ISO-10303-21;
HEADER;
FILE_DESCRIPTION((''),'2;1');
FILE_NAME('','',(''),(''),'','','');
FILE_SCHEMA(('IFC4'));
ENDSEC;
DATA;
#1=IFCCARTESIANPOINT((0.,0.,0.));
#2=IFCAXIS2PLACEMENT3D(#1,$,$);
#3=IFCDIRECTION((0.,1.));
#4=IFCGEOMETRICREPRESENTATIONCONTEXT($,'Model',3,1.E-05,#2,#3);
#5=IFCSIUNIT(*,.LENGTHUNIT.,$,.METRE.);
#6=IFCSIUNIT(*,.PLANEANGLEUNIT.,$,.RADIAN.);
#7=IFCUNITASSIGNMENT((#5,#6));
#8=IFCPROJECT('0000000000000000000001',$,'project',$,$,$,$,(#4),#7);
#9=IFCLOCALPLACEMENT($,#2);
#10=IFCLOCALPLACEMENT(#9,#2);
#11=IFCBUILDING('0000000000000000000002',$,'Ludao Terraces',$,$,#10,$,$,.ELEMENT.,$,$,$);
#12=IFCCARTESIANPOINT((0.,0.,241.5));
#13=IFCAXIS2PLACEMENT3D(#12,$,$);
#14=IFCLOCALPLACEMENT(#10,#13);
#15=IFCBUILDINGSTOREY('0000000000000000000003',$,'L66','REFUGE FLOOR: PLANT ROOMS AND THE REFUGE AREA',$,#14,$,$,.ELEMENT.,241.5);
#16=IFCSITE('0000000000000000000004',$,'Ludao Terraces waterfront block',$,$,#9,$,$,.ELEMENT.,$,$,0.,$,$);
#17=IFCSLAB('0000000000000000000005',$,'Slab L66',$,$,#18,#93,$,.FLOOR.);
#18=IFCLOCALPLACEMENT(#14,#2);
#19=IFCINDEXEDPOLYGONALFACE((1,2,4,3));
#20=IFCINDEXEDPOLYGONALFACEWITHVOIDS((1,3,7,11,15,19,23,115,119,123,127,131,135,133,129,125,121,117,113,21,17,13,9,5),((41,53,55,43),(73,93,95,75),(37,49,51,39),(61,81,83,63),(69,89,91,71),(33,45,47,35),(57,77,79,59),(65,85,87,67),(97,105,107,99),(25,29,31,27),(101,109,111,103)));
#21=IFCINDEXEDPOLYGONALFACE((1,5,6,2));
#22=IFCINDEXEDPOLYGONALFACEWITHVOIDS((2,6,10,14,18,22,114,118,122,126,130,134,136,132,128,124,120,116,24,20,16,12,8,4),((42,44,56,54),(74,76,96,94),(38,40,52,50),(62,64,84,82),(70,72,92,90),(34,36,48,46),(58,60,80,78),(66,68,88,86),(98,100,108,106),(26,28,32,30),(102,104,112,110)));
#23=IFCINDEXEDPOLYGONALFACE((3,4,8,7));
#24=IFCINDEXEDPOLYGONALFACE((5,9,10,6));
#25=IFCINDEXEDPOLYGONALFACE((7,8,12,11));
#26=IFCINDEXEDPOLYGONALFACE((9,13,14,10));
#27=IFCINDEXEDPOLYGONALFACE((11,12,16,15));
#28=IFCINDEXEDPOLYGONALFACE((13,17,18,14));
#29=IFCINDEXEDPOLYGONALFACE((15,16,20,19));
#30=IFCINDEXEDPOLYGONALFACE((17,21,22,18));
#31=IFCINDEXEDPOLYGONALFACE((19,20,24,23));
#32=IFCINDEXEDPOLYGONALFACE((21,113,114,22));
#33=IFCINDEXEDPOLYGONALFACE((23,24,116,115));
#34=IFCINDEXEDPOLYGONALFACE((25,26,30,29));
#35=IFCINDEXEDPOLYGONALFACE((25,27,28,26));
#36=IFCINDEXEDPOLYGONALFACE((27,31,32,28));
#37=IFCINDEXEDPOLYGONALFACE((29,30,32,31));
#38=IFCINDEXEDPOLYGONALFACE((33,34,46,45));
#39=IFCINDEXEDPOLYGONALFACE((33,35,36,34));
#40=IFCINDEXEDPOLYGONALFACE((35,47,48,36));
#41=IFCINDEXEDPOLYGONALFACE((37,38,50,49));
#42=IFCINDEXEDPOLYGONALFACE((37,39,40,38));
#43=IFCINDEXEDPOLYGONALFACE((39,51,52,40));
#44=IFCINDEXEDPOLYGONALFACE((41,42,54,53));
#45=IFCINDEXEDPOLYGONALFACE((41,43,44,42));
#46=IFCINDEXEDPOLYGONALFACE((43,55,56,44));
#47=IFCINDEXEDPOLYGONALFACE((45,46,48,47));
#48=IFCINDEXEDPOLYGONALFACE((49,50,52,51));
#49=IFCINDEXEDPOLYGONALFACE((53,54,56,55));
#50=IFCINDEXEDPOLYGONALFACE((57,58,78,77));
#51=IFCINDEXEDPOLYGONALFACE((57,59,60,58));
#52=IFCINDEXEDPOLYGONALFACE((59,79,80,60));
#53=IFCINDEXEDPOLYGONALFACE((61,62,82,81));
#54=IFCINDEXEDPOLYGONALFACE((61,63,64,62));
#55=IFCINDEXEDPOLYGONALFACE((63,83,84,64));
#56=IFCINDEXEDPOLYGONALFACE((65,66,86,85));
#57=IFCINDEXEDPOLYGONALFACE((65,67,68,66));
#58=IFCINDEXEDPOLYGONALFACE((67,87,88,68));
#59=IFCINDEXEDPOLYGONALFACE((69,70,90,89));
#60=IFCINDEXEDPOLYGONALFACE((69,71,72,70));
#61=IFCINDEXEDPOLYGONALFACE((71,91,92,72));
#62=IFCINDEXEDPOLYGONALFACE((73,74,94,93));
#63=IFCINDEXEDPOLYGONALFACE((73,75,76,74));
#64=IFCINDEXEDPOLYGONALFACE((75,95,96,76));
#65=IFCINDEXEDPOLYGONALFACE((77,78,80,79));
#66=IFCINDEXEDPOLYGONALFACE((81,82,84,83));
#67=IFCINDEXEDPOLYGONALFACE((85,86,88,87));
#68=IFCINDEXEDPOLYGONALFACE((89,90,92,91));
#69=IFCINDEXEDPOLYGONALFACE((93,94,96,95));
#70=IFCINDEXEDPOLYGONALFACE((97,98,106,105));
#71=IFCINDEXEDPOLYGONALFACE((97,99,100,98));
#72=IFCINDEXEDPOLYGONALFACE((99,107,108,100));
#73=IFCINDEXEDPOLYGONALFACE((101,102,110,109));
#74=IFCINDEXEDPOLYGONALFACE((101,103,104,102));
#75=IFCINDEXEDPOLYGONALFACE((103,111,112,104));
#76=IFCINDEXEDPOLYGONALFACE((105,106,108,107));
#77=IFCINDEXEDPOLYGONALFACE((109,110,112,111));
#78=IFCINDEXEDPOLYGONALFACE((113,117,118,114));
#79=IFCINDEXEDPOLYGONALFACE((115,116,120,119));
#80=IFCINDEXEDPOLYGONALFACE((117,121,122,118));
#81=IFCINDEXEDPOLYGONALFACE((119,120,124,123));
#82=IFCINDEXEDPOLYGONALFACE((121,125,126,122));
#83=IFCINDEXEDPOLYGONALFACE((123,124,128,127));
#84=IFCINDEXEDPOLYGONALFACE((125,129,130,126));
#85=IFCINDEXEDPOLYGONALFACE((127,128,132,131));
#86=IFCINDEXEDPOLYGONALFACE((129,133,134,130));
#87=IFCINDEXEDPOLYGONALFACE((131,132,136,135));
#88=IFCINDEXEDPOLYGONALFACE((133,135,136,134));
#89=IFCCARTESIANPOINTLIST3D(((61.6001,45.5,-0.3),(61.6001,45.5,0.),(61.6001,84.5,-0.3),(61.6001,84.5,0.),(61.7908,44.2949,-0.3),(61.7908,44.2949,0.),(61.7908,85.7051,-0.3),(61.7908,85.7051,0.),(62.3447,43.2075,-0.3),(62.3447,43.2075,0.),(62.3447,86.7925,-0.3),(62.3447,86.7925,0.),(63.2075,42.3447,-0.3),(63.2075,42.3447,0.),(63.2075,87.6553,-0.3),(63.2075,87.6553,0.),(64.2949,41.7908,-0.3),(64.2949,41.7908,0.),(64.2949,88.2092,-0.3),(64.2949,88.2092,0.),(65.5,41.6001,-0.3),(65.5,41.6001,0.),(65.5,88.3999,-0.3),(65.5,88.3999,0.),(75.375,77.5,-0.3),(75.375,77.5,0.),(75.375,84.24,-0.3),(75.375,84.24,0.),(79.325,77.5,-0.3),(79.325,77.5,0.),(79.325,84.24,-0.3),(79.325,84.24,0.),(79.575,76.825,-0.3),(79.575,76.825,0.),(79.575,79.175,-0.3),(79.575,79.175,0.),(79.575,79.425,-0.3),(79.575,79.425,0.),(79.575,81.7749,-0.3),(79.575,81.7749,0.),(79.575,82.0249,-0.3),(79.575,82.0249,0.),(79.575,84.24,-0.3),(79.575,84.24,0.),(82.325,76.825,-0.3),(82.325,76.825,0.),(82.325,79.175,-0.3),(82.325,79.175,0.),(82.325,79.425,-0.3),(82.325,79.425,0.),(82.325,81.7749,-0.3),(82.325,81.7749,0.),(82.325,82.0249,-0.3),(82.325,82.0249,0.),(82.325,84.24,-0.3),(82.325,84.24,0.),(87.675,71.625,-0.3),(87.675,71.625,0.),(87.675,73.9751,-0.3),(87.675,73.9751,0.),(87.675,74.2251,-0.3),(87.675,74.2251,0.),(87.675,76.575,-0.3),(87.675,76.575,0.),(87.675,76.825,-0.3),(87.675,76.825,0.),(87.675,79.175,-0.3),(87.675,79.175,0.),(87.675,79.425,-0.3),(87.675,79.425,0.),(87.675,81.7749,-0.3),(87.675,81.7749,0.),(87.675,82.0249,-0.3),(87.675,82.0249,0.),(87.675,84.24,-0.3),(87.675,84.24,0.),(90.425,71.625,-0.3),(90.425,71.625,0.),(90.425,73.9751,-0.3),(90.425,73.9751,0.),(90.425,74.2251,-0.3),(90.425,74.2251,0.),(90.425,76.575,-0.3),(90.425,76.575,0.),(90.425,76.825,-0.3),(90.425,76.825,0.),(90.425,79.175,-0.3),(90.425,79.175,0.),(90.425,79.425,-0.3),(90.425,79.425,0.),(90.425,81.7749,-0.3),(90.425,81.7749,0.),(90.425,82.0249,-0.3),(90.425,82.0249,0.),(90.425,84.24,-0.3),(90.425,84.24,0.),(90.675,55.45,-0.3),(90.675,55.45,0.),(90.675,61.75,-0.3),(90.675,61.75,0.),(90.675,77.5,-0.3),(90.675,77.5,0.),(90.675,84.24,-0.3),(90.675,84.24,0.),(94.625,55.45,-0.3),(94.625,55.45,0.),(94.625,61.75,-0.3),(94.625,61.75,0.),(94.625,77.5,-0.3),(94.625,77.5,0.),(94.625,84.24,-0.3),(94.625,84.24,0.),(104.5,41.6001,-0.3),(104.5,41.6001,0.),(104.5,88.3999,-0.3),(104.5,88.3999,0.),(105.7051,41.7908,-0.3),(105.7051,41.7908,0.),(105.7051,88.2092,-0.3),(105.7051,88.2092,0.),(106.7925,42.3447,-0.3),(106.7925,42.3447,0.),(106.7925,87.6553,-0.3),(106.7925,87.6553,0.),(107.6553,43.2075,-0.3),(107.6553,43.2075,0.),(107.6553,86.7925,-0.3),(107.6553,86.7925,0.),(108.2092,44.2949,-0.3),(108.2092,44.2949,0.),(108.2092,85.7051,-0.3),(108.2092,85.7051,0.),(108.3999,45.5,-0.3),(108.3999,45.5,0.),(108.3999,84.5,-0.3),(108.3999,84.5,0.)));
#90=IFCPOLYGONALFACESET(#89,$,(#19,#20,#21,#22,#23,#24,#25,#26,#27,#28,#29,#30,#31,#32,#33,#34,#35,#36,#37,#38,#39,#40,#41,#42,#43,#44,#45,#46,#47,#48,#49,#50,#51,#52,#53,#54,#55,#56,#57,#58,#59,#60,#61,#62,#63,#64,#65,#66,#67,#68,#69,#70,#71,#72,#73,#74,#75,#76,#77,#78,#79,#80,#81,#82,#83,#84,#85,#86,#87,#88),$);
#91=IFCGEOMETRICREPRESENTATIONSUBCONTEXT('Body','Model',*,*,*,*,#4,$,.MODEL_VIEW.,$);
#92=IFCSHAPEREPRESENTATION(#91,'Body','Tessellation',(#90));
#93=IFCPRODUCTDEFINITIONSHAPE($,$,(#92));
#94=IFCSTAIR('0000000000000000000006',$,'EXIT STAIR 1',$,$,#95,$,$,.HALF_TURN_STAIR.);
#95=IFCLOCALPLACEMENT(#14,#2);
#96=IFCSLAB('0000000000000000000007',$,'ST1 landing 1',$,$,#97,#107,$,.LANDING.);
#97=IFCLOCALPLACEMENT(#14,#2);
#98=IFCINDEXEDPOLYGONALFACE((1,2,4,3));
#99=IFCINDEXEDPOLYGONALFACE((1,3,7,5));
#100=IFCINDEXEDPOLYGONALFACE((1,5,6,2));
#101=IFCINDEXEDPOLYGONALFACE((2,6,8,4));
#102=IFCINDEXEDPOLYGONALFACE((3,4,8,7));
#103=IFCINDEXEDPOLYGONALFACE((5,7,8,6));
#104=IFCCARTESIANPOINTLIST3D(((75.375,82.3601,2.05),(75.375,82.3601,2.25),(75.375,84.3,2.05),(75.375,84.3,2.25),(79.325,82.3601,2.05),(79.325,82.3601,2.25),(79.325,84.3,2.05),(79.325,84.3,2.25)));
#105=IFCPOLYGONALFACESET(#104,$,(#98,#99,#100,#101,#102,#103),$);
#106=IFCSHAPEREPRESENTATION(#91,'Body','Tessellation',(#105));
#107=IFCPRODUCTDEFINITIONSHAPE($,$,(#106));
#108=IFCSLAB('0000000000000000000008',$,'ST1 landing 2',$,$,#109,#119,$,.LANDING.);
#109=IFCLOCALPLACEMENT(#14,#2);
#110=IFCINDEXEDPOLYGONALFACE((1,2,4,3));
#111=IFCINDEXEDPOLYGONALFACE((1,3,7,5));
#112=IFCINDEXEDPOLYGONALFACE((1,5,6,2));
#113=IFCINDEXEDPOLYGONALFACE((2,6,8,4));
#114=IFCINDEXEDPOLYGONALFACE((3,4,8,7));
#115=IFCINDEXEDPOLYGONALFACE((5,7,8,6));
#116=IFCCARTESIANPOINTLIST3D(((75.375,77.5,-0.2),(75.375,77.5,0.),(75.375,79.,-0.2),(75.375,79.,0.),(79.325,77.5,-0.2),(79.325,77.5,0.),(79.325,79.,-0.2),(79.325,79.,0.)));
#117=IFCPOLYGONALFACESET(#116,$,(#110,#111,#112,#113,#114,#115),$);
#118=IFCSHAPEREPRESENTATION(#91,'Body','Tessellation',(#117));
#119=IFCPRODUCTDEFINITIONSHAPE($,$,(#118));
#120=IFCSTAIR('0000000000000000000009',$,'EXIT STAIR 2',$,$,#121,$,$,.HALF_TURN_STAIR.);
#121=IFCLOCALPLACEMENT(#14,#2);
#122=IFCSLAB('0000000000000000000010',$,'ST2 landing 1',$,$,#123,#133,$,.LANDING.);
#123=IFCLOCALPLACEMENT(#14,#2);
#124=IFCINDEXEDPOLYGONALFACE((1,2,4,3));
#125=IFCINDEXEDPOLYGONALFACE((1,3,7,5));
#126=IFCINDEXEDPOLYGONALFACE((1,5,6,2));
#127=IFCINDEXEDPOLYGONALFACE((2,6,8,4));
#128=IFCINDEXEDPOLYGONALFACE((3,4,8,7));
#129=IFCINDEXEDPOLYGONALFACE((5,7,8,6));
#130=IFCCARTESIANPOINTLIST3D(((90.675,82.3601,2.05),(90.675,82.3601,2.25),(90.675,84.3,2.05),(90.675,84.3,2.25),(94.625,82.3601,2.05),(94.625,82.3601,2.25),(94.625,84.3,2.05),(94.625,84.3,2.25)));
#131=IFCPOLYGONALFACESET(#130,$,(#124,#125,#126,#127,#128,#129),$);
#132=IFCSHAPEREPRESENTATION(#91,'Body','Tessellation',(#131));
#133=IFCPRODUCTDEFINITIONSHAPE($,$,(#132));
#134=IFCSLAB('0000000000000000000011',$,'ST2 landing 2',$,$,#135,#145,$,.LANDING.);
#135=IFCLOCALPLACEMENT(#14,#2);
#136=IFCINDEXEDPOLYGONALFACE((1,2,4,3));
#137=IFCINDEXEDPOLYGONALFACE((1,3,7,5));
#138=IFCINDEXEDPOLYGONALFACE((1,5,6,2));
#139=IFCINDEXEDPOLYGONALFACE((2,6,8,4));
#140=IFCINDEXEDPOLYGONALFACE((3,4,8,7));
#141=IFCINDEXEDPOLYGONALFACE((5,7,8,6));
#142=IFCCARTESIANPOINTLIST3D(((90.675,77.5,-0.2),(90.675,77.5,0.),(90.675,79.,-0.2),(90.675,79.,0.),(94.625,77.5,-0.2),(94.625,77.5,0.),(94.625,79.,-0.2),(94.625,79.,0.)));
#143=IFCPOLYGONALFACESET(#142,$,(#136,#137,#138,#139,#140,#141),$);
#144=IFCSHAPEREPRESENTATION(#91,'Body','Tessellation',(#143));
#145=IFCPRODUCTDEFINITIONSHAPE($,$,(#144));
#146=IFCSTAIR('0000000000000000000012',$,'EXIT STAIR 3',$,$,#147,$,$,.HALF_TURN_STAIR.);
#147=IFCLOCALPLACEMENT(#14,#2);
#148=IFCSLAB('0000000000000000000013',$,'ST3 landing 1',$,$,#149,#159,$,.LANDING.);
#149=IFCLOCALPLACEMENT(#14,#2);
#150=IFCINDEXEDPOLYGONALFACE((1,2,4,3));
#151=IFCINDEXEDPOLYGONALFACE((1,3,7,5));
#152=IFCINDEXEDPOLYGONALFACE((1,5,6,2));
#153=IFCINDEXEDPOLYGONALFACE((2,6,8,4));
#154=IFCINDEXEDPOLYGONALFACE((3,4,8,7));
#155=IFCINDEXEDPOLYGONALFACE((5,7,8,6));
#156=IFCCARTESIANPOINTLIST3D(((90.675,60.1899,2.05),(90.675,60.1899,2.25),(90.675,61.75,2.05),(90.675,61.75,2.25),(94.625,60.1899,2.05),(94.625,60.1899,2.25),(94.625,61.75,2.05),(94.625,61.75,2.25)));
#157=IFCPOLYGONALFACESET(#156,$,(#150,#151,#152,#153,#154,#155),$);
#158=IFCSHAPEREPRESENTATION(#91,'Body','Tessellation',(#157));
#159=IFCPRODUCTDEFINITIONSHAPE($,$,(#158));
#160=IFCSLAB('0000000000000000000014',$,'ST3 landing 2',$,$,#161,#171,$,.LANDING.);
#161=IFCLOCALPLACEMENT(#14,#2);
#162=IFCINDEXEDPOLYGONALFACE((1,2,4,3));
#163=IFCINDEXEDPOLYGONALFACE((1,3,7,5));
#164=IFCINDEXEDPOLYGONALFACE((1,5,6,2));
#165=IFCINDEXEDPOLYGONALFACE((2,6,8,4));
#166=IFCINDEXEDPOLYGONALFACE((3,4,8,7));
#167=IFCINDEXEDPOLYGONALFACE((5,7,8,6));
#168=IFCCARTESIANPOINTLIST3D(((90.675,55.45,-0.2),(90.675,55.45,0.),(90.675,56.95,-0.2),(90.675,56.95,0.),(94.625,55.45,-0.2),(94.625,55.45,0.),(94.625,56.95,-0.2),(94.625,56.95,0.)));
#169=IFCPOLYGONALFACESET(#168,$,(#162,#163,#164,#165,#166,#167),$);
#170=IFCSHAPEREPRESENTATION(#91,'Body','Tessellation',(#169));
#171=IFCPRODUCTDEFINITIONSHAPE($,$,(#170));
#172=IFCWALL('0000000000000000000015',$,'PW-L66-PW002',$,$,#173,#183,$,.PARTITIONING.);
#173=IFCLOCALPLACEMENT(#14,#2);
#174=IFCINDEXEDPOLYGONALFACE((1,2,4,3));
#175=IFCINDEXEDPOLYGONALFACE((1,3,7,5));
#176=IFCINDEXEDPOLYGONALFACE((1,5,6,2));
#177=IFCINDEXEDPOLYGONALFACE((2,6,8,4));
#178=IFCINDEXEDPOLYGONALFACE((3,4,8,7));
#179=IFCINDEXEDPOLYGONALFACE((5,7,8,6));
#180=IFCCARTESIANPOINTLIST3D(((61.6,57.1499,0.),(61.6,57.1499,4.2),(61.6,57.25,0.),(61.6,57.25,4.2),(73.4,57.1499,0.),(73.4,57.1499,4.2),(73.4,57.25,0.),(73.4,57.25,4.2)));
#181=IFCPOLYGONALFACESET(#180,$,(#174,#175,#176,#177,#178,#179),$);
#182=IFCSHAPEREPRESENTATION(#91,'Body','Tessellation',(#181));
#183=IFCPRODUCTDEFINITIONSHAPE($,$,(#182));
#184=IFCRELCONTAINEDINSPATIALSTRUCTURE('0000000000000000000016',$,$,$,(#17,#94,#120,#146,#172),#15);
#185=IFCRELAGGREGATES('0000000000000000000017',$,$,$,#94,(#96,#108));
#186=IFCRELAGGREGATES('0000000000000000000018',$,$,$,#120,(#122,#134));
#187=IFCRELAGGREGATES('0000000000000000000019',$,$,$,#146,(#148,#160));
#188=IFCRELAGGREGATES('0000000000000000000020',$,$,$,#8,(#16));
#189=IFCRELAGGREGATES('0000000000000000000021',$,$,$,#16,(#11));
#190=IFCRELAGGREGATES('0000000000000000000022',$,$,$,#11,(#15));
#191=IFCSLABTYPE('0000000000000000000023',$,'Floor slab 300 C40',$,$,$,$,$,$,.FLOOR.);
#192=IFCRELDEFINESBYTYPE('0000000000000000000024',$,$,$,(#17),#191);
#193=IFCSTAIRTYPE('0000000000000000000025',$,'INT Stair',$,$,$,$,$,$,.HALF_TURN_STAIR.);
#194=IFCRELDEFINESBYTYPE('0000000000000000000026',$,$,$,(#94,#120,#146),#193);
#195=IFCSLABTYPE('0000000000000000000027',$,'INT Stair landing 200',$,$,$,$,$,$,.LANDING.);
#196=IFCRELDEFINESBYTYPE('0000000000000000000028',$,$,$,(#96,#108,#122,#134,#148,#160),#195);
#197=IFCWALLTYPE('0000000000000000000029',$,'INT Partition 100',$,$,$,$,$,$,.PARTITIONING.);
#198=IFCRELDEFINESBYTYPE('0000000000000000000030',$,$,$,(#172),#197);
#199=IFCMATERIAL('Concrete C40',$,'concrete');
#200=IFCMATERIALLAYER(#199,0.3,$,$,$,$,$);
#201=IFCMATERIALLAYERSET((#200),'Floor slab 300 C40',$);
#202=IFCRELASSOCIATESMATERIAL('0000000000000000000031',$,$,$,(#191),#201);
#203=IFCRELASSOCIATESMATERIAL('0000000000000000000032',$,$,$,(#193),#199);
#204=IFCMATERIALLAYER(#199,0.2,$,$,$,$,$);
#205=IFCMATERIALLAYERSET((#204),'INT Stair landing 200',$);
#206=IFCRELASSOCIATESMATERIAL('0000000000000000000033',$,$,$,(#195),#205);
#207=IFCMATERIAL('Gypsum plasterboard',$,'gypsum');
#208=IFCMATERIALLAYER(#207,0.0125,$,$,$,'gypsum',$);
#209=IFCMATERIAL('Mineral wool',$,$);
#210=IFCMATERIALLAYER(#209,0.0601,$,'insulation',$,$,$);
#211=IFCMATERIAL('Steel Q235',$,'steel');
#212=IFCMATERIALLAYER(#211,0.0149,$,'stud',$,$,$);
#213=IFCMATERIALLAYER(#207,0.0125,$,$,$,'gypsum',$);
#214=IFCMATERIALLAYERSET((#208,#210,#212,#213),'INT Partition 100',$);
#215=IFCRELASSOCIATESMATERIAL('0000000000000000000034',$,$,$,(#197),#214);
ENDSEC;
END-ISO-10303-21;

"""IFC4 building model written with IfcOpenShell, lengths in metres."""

from ifc_helpers import new_model, si_unit, direction, frame, frame_2d, origin, place, context, subcontext, project, spatial, polyline, rectangle, outline, extrude, material, layer, layer_set, type_object, element, aggregate, save


model = new_model("IFC4")

# Units and contexts
model_context = context("Model", 3, precision=1e-05, world=origin(), true_north=direction((0.0, 1.0)))
body_context = subcontext(model_context, "Body", "Model", "MODEL_VIEW")
ifc_project = project(units=[si_unit("LENGTHUNIT", "METRE"), si_unit("PLANEANGLEUNIT", "RADIAN")], contexts=[model_context])

# Site, building, storey
site_placement = place(None, origin())
site = spatial("IfcSite", under=ifc_project, at=site_placement, Name="Ludao Terraces waterfront block", CompositionType="ELEMENT", RefElevation=0.0)
building_placement = place(site_placement, origin())
building = spatial("IfcBuilding", under=site, at=building_placement, Name="Ludao Terraces", CompositionType="ELEMENT")
storey_placement = place(building_placement, frame((0.0, 0.0, 241.5)))
storey = spatial("IfcBuildingStorey", under=building, at=storey_placement, Name="L66", Description="REFUGE FLOOR: PLANT ROOMS AND THE REFUGE AREA", CompositionType="ELEMENT", Elevation=241.5)

# Slab
ifc_material_1 = material(Name="Concrete C40", Category="concrete")
ifc_layer_1 = layer(ifc_material_1, 0.3)
ifc_layer_set_1 = layer_set([ifc_layer_1], Name="Floor slab 300 C40")
slab_type_1 = type_object("IfcSlabType", Name="Floor slab 300 C40", PredefinedType="FLOOR", material=ifc_layer_set_1)
slab_1_placement = place(storey_placement, frame((0.0, 0.0, -0.3)))
element("IfcSlab", 1, at=slab_1_placement, inside=storey, type_object=slab_type_1, Name="Slab L66", PredefinedType="FLOOR", context=body_context, shape_type="SweptSolid", body=[
    extrude(outline(polyline([(104.5, 41.6001), (105.7051, 41.7908), (106.7925, 42.3447), (107.6553, 43.2075), (108.2092, 44.2949), (108.3999, 45.5), (108.3999, 84.5), (108.2092, 85.7051), (107.6553, 86.7925), (106.7925, 87.6553), (105.7051, 88.2092), (104.5, 88.3999), (65.5, 88.3999), (64.2949, 88.2092), (63.2075, 87.6553), (62.3447, 86.7925), (61.7908, 85.7051), (61.6001, 84.5), (61.6001, 45.5), (61.7908, 44.2949), (62.3447, 43.2075), (63.2075, 42.3447), (64.2949, 41.7908), (65.5, 41.6001), (104.5, 41.6001)]), holes=[polyline([(79.575, 76.825), (82.325, 76.825), (82.325, 79.175), (79.575, 79.175), (79.575, 76.825)]), polyline([(79.575, 79.425), (82.325, 79.425), (82.325, 81.7749), (79.575, 81.7749), (79.575, 79.425)]), polyline([(79.575, 82.0249), (82.325, 82.0249), (82.325, 84.24), (79.575, 84.24), (79.575, 82.0249)]), polyline([(87.675, 71.625), (90.425, 71.625), (90.425, 73.9751), (87.675, 73.9751), (87.675, 71.625)]), polyline([(87.675, 74.2251), (90.425, 74.2251), (90.425, 76.575), (87.675, 76.575), (87.675, 74.2251)]), polyline([(87.675, 76.825), (90.425, 76.825), (90.425, 79.175), (87.675, 79.175), (87.675, 76.825)]), polyline([(87.675, 79.425), (90.425, 79.425), (90.425, 81.7749), (87.675, 81.7749), (87.675, 79.425)]), polyline([(87.675, 82.0249), (90.425, 82.0249), (90.425, 84.24), (87.675, 84.24), (87.675, 82.0249)]), polyline([(75.375, 77.5), (79.325, 77.5), (79.325, 84.24), (75.375, 84.24), (75.375, 77.5)]), polyline([(90.675, 77.5), (94.625, 77.5), (94.625, 84.24), (90.675, 84.24), (90.675, 77.5)]), polyline([(90.675, 55.45), (94.625, 55.45), (94.625, 61.75), (90.675, 61.75), (90.675, 55.45)])]), origin(), (0.0, 0.0, 1.0), 0.3),
])

# Stairs, slabs
stair_type = type_object("IfcStairType", Name="INT Stair", PredefinedType="HALF_TURN_STAIR", material=ifc_material_1)
stair_1_placement = place(storey_placement, origin())
stair_1 = element("IfcStair", 2, at=stair_1_placement, inside=storey, type_object=stair_type, Name="EXIT STAIR 1", PredefinedType="HALF_TURN_STAIR")
ifc_layer_2 = layer(ifc_material_1, 0.2)
ifc_layer_set_2 = layer_set([ifc_layer_2], Name="INT Stair landing 200")
slab_type_2 = type_object("IfcSlabType", Name="INT Stair landing 200", PredefinedType="LANDING", material=ifc_layer_set_2)
slab_2_placement = place(storey_placement, frame((0.0, 0.0, 2.05)))
slab_2 = element("IfcSlab", 3, at=slab_2_placement, type_object=slab_type_2, Name="ST1 landing 1", PredefinedType="LANDING", context=body_context, shape_type="SweptSolid", body=[
    extrude(outline(polyline([(75.375, 82.3601), (79.325, 82.3601), (79.325, 84.3), (75.375, 84.3), (75.375, 82.3601)])), origin(), (0.0, 0.0, 1.0), 0.2),
])
slab_3_placement = place(storey_placement, frame((0.0, 0.0, -0.2)))
slab_3 = element("IfcSlab", 4, at=slab_3_placement, type_object=slab_type_2, Name="ST1 landing 2", PredefinedType="LANDING", context=body_context, shape_type="SweptSolid", body=[
    extrude(outline(polyline([(75.375, 77.5), (79.325, 77.5), (79.325, 79.0), (75.375, 79.0), (75.375, 77.5)])), origin(), (0.0, 0.0, 1.0), 0.2),
])
aggregate(stair_1, [slab_2, slab_3])
stair_2_placement = place(storey_placement, origin())
stair_2 = element("IfcStair", 5, at=stair_2_placement, inside=storey, type_object=stair_type, Name="EXIT STAIR 2", PredefinedType="HALF_TURN_STAIR")
slab_4_placement = place(storey_placement, frame((0.0, 0.0, 2.05)))
slab_4 = element("IfcSlab", 6, at=slab_4_placement, type_object=slab_type_2, Name="ST2 landing 1", PredefinedType="LANDING", context=body_context, shape_type="SweptSolid", body=[
    extrude(outline(polyline([(90.675, 82.3601), (94.625, 82.3601), (94.625, 84.3), (90.675, 84.3), (90.675, 82.3601)])), origin(), (0.0, 0.0, 1.0), 0.2),
])
slab_5_placement = place(storey_placement, frame((0.0, 0.0, -0.2)))
slab_5 = element("IfcSlab", 7, at=slab_5_placement, type_object=slab_type_2, Name="ST2 landing 2", PredefinedType="LANDING", context=body_context, shape_type="SweptSolid", body=[
    extrude(outline(polyline([(90.675, 77.5), (94.625, 77.5), (94.625, 79.0), (90.675, 79.0), (90.675, 77.5)])), origin(), (0.0, 0.0, 1.0), 0.2),
])
aggregate(stair_2, [slab_4, slab_5])
stair_3_placement = place(storey_placement, origin())
stair_3 = element("IfcStair", 8, at=stair_3_placement, inside=storey, type_object=stair_type, Name="EXIT STAIR 3", PredefinedType="HALF_TURN_STAIR")
slab_6_placement = place(storey_placement, frame((0.0, 0.0, 2.05)))
slab_6 = element("IfcSlab", 9, at=slab_6_placement, type_object=slab_type_2, Name="ST3 landing 1", PredefinedType="LANDING", context=body_context, shape_type="SweptSolid", body=[
    extrude(outline(polyline([(90.675, 60.1899), (94.625, 60.1899), (94.625, 61.75), (90.675, 61.75), (90.675, 60.1899)])), origin(), (0.0, 0.0, 1.0), 0.2),
])
slab_7_placement = place(storey_placement, frame((0.0, 0.0, -0.2)))
slab_7 = element("IfcSlab", 10, at=slab_7_placement, type_object=slab_type_2, Name="ST3 landing 2", PredefinedType="LANDING", context=body_context, shape_type="SweptSolid", body=[
    extrude(outline(polyline([(90.675, 55.45), (94.625, 55.45), (94.625, 56.95), (90.675, 56.95), (90.675, 55.45)])), origin(), (0.0, 0.0, 1.0), 0.2),
])
aggregate(stair_3, [slab_6, slab_7])

# Wall
ifc_material_2 = material(Name="Gypsum plasterboard", Category="gypsum")
ifc_layer_3 = layer(ifc_material_2, 0.0125, Category="gypsum")
ifc_material_3 = material(Name="Mineral wool")
ifc_layer_4 = layer(ifc_material_3, 0.0601, Name="insulation")
ifc_material_4 = material(Name="Steel Q235", Category="steel")
ifc_layer_5 = layer(ifc_material_4, 0.0149, Name="stud")
ifc_layer_6 = layer(ifc_material_2, 0.0125, Category="gypsum")
ifc_layer_set_3 = layer_set([ifc_layer_3, ifc_layer_4, ifc_layer_5, ifc_layer_6], Name="INT Partition 100")
wall_type = type_object("IfcWallType", Name="INT Partition 100", PredefinedType="PARTITIONING", material=ifc_layer_set_3)
wall_placement = place(storey_placement, frame((61.6001, 57.2, 0.0), z_axis=(0.0, 0.0, 1.0), x_axis=(1.0, 0.0, 0.0)))
element("IfcWall", 11, at=wall_placement, inside=storey, type_object=wall_type, Name="PW-L66-PW002", PredefinedType="PARTITIONING", context=body_context, shape_type="SweptSolid", body=[
    extrude(rectangle(XDim=11.8, YDim=0.1001, at=frame_2d((5.8999, 0.0))), origin(), (0.0, 0.0, 1.0), 4.2),
])

save(model, "model.ifc")
